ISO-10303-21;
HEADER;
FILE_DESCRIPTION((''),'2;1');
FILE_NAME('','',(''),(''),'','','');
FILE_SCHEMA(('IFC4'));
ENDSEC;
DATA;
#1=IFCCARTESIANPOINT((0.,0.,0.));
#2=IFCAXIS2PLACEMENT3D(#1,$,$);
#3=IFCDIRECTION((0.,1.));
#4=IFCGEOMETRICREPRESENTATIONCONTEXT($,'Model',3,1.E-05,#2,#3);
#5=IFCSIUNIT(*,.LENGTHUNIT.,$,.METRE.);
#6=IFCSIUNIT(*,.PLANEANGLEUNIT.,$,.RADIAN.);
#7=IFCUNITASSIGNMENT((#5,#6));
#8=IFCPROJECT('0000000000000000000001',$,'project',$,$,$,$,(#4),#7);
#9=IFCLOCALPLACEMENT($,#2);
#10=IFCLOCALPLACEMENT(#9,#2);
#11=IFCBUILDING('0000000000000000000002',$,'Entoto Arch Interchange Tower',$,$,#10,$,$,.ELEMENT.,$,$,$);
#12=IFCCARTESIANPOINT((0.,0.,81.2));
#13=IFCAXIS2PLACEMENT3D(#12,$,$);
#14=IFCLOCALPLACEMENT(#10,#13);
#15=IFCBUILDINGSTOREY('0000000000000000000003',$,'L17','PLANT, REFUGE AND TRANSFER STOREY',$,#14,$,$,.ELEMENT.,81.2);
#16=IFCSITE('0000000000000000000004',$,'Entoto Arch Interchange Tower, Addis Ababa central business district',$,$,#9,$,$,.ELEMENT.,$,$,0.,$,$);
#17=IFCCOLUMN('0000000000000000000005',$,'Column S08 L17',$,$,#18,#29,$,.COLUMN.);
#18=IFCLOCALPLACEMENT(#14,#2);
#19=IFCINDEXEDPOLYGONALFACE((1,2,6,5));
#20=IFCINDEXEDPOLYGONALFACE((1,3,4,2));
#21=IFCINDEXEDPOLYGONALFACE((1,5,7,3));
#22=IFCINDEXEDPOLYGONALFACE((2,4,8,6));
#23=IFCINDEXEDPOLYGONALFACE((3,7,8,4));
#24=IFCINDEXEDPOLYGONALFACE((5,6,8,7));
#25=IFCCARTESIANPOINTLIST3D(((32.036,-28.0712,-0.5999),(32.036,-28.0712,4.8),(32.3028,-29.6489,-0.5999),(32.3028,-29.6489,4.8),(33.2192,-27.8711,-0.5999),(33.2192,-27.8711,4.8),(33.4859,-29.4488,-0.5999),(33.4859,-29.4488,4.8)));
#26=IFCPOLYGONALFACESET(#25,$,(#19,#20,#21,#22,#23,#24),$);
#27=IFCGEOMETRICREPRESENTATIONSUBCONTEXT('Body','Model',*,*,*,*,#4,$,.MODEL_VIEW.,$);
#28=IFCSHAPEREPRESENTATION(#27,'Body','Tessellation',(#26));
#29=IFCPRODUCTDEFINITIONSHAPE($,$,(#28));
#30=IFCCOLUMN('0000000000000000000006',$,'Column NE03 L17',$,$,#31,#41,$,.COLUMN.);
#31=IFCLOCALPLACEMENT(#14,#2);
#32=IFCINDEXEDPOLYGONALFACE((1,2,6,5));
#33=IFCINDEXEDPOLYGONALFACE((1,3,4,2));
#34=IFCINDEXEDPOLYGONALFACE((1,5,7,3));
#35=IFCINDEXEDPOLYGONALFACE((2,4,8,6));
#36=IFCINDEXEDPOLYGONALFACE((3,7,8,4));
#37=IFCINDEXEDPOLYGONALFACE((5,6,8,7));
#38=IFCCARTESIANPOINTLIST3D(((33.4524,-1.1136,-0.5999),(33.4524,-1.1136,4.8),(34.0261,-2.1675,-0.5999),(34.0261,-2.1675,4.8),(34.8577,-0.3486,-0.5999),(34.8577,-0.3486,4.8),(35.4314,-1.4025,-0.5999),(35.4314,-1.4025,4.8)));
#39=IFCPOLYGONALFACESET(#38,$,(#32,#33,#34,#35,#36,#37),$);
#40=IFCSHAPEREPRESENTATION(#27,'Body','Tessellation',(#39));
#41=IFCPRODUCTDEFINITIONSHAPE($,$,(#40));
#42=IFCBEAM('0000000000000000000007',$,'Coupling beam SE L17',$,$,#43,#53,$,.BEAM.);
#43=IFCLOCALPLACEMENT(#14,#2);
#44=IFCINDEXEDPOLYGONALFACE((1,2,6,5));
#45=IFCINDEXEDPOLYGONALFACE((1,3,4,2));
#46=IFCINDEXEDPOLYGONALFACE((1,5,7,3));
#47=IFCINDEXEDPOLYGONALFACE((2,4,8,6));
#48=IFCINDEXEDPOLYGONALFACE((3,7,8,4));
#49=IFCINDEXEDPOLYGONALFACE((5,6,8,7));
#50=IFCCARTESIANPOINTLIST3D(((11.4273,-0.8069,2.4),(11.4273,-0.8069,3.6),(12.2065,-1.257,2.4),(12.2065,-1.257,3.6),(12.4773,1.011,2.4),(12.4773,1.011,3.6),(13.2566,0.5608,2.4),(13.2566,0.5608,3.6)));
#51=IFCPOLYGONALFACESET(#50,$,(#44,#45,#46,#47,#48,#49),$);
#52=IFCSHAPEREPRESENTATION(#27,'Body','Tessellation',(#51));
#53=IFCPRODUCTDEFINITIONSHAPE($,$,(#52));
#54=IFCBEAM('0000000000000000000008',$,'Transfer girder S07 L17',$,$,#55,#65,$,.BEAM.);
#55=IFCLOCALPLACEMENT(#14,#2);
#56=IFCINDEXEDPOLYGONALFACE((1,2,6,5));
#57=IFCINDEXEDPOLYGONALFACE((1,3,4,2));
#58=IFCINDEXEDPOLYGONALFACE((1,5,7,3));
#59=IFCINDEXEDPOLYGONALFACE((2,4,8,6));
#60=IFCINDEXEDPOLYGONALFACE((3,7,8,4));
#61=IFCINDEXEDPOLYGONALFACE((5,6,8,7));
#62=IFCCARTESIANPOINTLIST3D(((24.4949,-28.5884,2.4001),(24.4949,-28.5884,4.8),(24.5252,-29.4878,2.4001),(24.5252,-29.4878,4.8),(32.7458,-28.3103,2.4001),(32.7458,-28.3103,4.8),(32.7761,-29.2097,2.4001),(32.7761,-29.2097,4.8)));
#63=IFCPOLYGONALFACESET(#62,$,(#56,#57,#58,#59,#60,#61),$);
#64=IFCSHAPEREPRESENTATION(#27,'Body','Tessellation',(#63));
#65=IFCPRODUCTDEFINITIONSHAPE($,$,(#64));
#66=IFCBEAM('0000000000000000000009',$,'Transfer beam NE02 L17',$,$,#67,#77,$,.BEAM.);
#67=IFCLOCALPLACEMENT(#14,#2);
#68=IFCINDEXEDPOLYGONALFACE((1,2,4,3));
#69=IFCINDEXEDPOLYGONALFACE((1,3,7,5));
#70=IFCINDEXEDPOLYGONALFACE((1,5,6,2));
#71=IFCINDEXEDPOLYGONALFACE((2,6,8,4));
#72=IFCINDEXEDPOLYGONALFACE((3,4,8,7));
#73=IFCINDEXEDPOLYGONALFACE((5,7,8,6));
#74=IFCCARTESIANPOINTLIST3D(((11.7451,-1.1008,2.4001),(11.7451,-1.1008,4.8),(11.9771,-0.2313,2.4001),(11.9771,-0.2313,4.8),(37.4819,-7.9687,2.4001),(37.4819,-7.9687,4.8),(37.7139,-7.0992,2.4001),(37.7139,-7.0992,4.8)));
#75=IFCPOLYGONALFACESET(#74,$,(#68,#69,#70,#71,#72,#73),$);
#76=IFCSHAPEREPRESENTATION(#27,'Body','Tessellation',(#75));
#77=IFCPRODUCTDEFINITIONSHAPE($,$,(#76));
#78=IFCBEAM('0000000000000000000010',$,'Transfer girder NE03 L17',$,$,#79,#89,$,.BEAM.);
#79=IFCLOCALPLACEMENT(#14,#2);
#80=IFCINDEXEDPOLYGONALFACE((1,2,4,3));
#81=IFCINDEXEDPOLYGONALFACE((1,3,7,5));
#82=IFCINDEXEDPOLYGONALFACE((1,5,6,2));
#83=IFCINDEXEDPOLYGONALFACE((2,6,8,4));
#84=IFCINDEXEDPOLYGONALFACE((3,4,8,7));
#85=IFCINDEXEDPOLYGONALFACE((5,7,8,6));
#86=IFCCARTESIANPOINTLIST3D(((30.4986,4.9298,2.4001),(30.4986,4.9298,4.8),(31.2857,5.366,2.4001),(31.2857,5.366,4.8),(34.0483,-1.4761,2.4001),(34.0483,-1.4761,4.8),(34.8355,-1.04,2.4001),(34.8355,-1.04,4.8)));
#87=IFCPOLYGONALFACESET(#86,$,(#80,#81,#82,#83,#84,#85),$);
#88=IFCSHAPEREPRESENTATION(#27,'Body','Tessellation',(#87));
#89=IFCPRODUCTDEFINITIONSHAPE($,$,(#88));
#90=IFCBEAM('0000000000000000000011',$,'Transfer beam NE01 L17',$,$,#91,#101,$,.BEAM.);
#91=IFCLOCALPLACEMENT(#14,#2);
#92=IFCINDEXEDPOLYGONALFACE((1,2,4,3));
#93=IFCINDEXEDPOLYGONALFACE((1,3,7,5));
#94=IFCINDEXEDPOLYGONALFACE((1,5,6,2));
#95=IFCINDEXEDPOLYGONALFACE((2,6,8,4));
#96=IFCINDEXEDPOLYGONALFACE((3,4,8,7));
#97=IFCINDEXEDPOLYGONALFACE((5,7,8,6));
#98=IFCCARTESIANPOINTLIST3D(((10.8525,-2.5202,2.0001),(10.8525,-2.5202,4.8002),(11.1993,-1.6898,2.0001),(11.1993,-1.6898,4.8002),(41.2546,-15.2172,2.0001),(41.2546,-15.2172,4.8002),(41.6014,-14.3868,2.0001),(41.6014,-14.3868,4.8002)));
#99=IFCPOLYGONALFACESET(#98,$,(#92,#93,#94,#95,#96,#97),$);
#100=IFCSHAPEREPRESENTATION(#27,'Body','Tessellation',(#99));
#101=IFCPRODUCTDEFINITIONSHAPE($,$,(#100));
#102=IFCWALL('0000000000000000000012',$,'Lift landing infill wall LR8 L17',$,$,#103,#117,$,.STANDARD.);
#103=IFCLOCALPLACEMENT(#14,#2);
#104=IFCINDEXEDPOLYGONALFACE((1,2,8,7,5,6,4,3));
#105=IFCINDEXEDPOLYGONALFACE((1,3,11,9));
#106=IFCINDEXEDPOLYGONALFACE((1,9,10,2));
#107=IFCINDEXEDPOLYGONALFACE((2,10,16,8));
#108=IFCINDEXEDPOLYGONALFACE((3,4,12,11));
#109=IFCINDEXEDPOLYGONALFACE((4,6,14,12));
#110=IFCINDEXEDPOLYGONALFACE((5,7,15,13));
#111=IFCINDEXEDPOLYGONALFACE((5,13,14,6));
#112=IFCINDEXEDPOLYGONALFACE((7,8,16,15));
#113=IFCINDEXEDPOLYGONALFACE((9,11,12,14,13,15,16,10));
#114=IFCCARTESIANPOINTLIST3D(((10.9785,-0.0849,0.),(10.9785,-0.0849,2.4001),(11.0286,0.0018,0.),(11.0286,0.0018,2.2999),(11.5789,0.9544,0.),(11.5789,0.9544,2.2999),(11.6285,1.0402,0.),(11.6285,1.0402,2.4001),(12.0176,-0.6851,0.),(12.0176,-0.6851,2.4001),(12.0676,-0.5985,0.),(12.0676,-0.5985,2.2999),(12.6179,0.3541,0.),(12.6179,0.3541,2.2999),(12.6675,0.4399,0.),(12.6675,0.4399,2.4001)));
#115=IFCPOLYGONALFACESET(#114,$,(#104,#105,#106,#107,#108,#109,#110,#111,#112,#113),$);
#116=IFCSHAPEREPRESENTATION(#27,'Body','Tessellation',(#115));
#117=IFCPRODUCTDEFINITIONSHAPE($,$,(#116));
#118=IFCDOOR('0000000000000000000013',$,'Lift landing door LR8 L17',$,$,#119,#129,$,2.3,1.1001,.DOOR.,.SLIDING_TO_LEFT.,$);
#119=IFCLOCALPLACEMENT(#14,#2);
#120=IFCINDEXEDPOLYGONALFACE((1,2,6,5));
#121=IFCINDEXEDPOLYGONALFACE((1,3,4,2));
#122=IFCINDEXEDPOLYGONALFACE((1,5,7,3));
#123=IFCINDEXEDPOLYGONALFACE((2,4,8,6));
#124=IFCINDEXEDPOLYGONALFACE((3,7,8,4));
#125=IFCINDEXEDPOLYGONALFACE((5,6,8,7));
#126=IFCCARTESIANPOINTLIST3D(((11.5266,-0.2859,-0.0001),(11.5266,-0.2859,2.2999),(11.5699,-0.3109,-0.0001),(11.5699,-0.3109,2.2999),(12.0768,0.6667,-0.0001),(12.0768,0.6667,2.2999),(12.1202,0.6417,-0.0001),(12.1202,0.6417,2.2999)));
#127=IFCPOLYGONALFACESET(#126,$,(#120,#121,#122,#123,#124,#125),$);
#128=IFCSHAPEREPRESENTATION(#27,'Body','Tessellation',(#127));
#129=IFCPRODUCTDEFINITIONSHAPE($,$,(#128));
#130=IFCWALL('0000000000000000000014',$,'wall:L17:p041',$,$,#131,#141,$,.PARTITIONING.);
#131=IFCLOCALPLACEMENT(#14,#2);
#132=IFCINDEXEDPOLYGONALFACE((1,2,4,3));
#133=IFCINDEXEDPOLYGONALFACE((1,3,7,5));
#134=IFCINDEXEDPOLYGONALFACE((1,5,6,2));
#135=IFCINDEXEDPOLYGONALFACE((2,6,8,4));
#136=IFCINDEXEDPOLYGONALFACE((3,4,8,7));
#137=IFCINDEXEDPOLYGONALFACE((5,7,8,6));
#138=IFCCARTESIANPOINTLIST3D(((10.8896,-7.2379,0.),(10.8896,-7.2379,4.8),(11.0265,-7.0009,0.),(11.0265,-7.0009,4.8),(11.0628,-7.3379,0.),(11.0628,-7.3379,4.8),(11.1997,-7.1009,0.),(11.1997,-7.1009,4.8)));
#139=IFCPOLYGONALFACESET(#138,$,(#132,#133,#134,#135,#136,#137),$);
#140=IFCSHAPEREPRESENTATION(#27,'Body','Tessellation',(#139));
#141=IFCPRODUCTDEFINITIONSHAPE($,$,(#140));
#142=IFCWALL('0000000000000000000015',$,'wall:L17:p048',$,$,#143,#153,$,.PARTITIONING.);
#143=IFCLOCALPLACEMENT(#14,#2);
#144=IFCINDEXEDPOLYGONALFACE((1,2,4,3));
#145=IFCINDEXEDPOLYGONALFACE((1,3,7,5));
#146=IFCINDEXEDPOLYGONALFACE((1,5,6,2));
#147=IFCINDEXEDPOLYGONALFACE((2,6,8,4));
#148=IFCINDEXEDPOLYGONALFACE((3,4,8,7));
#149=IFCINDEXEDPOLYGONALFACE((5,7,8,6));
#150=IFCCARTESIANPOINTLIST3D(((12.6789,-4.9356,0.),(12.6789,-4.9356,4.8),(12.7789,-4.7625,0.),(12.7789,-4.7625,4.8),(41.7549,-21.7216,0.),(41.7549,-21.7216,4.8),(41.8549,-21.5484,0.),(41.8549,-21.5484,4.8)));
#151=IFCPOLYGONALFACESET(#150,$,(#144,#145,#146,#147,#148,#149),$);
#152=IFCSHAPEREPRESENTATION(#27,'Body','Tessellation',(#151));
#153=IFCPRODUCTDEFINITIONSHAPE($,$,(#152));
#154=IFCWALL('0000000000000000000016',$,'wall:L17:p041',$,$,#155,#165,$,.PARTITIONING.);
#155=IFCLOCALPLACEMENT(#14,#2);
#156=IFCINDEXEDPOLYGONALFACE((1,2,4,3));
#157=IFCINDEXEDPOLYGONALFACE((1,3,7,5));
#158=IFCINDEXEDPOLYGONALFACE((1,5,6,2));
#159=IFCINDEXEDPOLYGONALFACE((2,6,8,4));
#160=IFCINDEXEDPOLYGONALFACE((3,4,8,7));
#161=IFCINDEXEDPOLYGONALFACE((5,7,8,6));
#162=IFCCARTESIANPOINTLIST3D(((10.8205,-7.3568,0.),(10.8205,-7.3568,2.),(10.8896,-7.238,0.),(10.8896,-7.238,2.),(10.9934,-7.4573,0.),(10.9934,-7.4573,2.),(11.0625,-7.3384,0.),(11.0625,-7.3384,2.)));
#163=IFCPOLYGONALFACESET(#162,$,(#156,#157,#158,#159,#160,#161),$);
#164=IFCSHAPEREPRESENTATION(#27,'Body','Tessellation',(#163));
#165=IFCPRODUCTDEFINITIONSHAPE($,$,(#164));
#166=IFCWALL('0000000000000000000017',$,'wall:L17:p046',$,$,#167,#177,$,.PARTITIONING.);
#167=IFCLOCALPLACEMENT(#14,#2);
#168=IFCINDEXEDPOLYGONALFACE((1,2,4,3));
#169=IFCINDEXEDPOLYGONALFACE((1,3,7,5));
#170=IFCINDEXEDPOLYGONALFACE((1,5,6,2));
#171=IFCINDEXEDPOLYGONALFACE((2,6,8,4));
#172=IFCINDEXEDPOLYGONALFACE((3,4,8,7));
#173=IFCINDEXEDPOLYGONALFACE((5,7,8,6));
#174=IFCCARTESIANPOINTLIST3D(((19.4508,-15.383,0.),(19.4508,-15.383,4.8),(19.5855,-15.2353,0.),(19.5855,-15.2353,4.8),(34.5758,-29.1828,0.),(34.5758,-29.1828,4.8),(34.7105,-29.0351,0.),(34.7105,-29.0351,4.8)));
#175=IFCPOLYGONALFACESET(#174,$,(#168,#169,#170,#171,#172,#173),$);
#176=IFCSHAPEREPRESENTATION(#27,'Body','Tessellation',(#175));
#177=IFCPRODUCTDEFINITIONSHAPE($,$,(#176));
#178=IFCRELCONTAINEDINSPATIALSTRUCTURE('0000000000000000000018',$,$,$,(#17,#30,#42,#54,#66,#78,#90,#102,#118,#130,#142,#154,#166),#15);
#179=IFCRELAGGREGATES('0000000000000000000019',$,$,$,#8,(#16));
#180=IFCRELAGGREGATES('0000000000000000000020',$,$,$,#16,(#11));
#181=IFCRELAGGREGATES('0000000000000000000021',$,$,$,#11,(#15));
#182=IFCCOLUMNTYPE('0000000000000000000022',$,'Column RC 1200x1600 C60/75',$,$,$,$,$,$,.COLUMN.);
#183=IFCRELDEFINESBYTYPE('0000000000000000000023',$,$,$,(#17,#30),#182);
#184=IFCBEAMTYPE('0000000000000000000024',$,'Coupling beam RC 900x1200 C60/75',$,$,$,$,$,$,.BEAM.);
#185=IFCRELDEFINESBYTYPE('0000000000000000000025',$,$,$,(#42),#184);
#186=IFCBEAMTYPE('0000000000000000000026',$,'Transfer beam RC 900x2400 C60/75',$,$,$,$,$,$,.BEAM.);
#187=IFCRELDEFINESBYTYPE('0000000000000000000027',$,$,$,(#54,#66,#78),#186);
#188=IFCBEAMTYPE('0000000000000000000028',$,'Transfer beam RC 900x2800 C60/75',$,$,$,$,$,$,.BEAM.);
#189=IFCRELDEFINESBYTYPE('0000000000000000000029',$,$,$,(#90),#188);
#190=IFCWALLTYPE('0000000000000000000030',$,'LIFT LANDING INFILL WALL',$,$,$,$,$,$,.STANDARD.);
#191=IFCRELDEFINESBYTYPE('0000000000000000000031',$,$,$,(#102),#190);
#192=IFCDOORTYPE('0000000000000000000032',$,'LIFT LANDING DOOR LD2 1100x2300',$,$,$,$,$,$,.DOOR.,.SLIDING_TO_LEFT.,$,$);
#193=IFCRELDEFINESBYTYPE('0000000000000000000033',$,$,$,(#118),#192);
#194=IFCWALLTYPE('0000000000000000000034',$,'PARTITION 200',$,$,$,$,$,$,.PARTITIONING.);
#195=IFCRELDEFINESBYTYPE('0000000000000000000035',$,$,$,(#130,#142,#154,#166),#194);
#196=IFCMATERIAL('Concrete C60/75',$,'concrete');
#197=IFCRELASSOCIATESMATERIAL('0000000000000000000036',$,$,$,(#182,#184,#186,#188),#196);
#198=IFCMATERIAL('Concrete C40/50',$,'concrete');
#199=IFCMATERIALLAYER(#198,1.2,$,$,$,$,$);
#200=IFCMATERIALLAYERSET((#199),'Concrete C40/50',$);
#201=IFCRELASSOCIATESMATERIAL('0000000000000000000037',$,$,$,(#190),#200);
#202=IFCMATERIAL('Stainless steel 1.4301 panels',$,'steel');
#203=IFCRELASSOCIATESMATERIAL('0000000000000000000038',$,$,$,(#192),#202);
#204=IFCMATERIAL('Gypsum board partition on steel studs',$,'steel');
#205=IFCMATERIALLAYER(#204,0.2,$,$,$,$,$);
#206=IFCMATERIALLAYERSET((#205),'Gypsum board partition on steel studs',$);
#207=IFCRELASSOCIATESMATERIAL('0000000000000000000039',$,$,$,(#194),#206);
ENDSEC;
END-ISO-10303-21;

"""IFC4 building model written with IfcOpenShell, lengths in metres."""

from ifc_helpers import new_model, si_unit, direction, frame, frame_2d, origin, origin_2d, place, context, subcontext, project, spatial, rectangle, extrude, material, layer, layer_set, material_profile, profile_set, type_object, element, fill, save


model = new_model("IFC4")

# Units and contexts
model_context = context("Model", 3, precision=1e-05, world=origin(), true_north=direction((0.0, 1.0)))
body_context = subcontext(model_context, "Body", "Model", "MODEL_VIEW")
ifc_project = project(units=[si_unit("LENGTHUNIT", "METRE"), si_unit("PLANEANGLEUNIT", "RADIAN")], contexts=[model_context])

# Site, building, storey
site_placement = place(None, origin())
site = spatial("IfcSite", under=ifc_project, at=site_placement, Name="Entoto Arch Interchange Tower, Addis Ababa central business district", CompositionType="ELEMENT", RefElevation=0.0)
building_placement = place(site_placement, origin())
building = spatial("IfcBuilding", under=site, at=building_placement, Name="Entoto Arch Interchange Tower", CompositionType="ELEMENT")
storey_placement = place(building_placement, frame((0.0, 0.0, 81.2)))
storey = spatial("IfcBuildingStorey", under=building, at=storey_placement, Name="L17", Description="PLANT, REFUGE AND TRANSFER STOREY", CompositionType="ELEMENT", Elevation=81.2)

# Columns
ifc_material_1 = material(Name="Concrete C60/75", Category="concrete")
ifc_material_profile_1 = material_profile(ifc_material_1, rectangle(XDim=1.2, YDim=1.6001, at=origin_2d()))
ifc_profile_set_1 = profile_set([ifc_material_profile_1], Name="Concrete C60/75")
column_type = type_object("IfcColumnType", Name="Column RC 1200x1600 C60/75", PredefinedType="COLUMN", material=ifc_profile_set_1)
for number, where, z_axis, x_axis, name in (
    (1, (32.761, -28.76, -0.5999), (0.0, 0.0, 1.0), (0.986005, 0.166717, 0.0), "Column S08 L17"),
    (2, (34.4419, -1.2581, -0.5999), (0.0, 0.0, 1.0), (-0.47814, 0.878284, 0.0), "Column NE03 L17"),
):
    element("IfcColumn", number, at=place(storey_placement, frame(where, z_axis=z_axis, x_axis=x_axis)), inside=storey, type_object=column_type, Name=name, PredefinedType="COLUMN", context=body_context, shape_type="SweptSolid", body=[
        extrude(rectangle(XDim=1.2, YDim=1.6001, at=origin_2d()), origin(), (0.0, 0.0, 1.0), 5.3999),
    ])

# Beams
ifc_material_profile_2 = material_profile(ifc_material_1, rectangle(XDim=0.8999, YDim=1.2, at=origin_2d()))
ifc_profile_set_2 = profile_set([ifc_material_profile_2], Name="Concrete C60/75")
beam_type_1 = type_object("IfcBeamType", Name="Coupling beam RC 900x1200 C60/75", PredefinedType="BEAM", material=ifc_profile_set_2)
beam_1_placement = place(storey_placement, frame((11.8169, -1.032, 3.0), z_axis=(0.500179, 0.865922, 0.0), x_axis=(-0.865922, 0.500179, 0.0)))
element("IfcBeam", 3, at=beam_1_placement, inside=storey, type_object=beam_type_1, Name="Coupling beam SE L17", PredefinedType="BEAM", context=body_context, shape_type="SweptSolid", body=[
    extrude(rectangle(XDim=0.8999, YDim=1.2, at=origin_2d()), origin(), (0.0, 0.0, 1.0), 2.0994),
])
ifc_material_profile_3 = material_profile(ifc_material_1, rectangle(XDim=0.8999, YDim=2.3999, at=origin_2d()))
ifc_profile_set_3 = profile_set([ifc_material_profile_3], Name="Concrete C60/75")
beam_type_2 = type_object("IfcBeamType", Name="Transfer beam RC 900x2400 C60/75", PredefinedType="BEAM", material=ifc_profile_set_3)
beam_2_placement = place(storey_placement, frame((24.51, -29.0381, 3.6001), z_axis=(0.999433, 0.033683, 0.0), x_axis=(-0.033683, 0.999433, 0.0)))
element("IfcBeam", 4, at=beam_2_placement, inside=storey, type_object=beam_type_2, Name="Transfer girder S07 L17", PredefinedType="BEAM", context=body_context, shape_type="SweptSolid", body=[
    extrude(rectangle(XDim=0.8999, YDim=2.3999, at=origin_2d()), origin(), (0.0, 0.0, 1.0), 8.2556),
])
beam_3_placement = place(storey_placement, frame((11.8611, -0.666, 3.6001), z_axis=(0.96619, -0.25783, 0.0), x_axis=(0.25783, 0.96619, 0.0)))
element("IfcBeam", 5, at=beam_3_placement, inside=storey, type_object=beam_type_2, Name="Transfer beam NE02 L17", PredefinedType="BEAM", context=body_context, shape_type="SweptSolid", body=[
    extrude(rectangle(XDim=0.8999, YDim=2.3999, at=origin_2d()), origin(), (0.0, 0.0, 1.0), 26.6375),
])
beam_4_placement = place(storey_placement, frame((34.4419, -1.2581, 3.6001), z_axis=(-0.484694, 0.874684, 0.0), x_axis=(-0.874684, -0.484694, 0.0)))
element("IfcBeam", 6, at=beam_4_placement, inside=storey, type_object=beam_type_2, Name="Transfer girder NE03 L17", PredefinedType="BEAM", context=body_context, shape_type="SweptSolid", body=[
    extrude(rectangle(XDim=0.8999, YDim=2.3999, at=origin_2d()), origin(), (0.0, 0.0, 1.0), 7.3237),
])
ifc_material_profile_4 = material_profile(ifc_material_1, rectangle(XDim=0.8999, YDim=2.8, at=origin_2d()))
ifc_profile_set_4 = profile_set([ifc_material_profile_4], Name="Concrete C60/75")
beam_type_3 = type_object("IfcBeamType", Name="Transfer beam RC 900x2800 C60/75", PredefinedType="BEAM", material=ifc_profile_set_4)
beam_5_placement = place(storey_placement, frame((11.0259, -2.105, 3.4001), z_axis=(0.922759, -0.385378, 0.0), x_axis=(0.385378, 0.922759, 0.0)))
element("IfcBeam", 7, at=beam_5_placement, inside=storey, type_object=beam_type_3, Name="Transfer beam NE01 L17", PredefinedType="BEAM", context=body_context, shape_type="SweptSolid", body=[
    extrude(rectangle(XDim=0.8999, YDim=2.8, at=origin_2d()), origin(), (0.0, 0.0, 1.0), 32.947),
])

# Wall, opening, door
ifc_material_2 = material(Name="Concrete C40/50", Category="concrete")
ifc_layer_1 = layer(ifc_material_2, 1.2)
ifc_layer_set_1 = layer_set([ifc_layer_1], Name="Concrete C40/50")
wall_type_1 = type_object("IfcWallType", Name="LIFT LANDING INFILL WALL", PredefinedType="STANDARD", material=ifc_layer_set_1)
wall_1_placement = place(storey_placement, frame((11.498, -0.385, 0.0), z_axis=(0.0, 0.0, 1.0), x_axis=(0.500221, 0.865898, 0.0)))
wall_1 = element("IfcWall", 8, at=wall_1_placement, inside=storey, type_object=wall_type_1, Name="Lift landing infill wall LR8 L17", PredefinedType="STANDARD", context=body_context, shape_type="SweptSolid", body=[
    extrude(rectangle(XDim=1.2993, YDim=1.2, at=frame_2d((0.6497, 0.0))), origin(), (0.0, 0.0, 1.0), 2.4001),
])
opening_placement = place(wall_1_placement, frame((0.1001, 0.0, 0.0)))
opening = element("IfcOpeningElement", 9, at=opening_placement, cuts=wall_1, PredefinedType="OPENING", context=body_context, shape_type="SweptSolid", body=[
    extrude(rectangle(XDim=1.1001, YDim=2.3, at=frame_2d((0.55, 1.1499))), frame((0.0, 0.6099, 0.0), z_axis=(0.0, -1.0, 0.0), x_axis=(1.0, 0.0, 0.0)), (0.0, 0.0, 1.0), 1.22),
])
ifc_material_3 = material(Name="Stainless steel 1.4301 panels", Category="steel")
door_type = type_object("IfcDoorType", Name="LIFT LANDING DOOR LD2 1100x2300", OperationType="SLIDING_TO_LEFT", PredefinedType="DOOR", material=ifc_material_3)
door_placement = place(opening_placement, origin())
door = element("IfcDoor", 10, at=door_placement, inside=storey, type_object=door_type, Name="Lift landing door LR8 L17", OperationType="SLIDING_TO_LEFT", OverallHeight=2.3, OverallWidth=1.1001, PredefinedType="DOOR", context=body_context, shape_type="SweptSolid", body=[
    extrude(rectangle(XDim=1.1001, YDim=2.3, at=frame_2d((0.55, 1.1499))), frame((0.0, 0.0249, 0.0), z_axis=(0.0, -1.0, 0.0), x_axis=(1.0, 0.0, 0.0)), (0.0, 0.0, 1.0), 0.05),
])
fill(opening, door)

# Walls
ifc_material_4 = material(Name="Gypsum board partition on steel studs", Category="steel")
ifc_layer_2 = layer(ifc_material_4, 0.2)
ifc_layer_set_2 = layer_set([ifc_layer_2], Name="Gypsum board partition on steel studs")
wall_type_2 = type_object("IfcWallType", Name="PARTITION 200", PredefinedType="PARTITIONING", material=ifc_layer_set_2)
wall_2_placement = place(storey_placement, frame((11.113, -7.051, 0.0), z_axis=(0.0, 0.0, 1.0), x_axis=(-0.500263, -0.865874, 0.0)))
element("IfcWall", 11, at=wall_2_placement, inside=storey, type_object=wall_type_2, Name="wall:L17:p041", PredefinedType="PARTITIONING", context=body_context, shape_type="SweptSolid", body=[
    extrude(rectangle(XDim=0.2737, YDim=0.2, at=frame_2d((0.1367, 0.0))), origin(), (0.0, 0.0, 1.0), 4.8),
])
wall_3_placement = place(storey_placement, frame((12.729, -4.8491, 0.0), z_axis=(0.0, 0.0, 1.0), x_axis=(0.86604, -0.499975, 0.0)))
element("IfcWall", 12, at=wall_3_placement, inside=storey, type_object=wall_type_2, Name="wall:L17:p048", PredefinedType="PARTITIONING", context=body_context, shape_type="SweptSolid", body=[
    extrude(rectangle(XDim=33.5735, YDim=0.2, at=frame_2d((16.7866, 0.0))), origin(), (0.0, 0.0, 1.0), 4.8),
])
wall_4_placement = place(storey_placement, frame((10.9761, -7.2881, 0.0), z_axis=(0.0, 0.0, 1.0), x_axis=(-0.502435, -0.864615, 0.0)))
element("IfcWall", 13, at=wall_4_placement, inside=storey, type_object=wall_type_2, Name="wall:L17:p041", PredefinedType="PARTITIONING", context=body_context, shape_type="SweptSolid", body=[
    extrude(rectangle(XDim=0.1375, YDim=0.2, at=frame_2d((0.0688, 0.0))), origin(), (0.0, 0.0, 1.0), 2.0),
])
wall_5_placement = place(storey_placement, frame((19.5181, -15.3091, 0.0), z_axis=(0.0, 0.0, 1.0), x_axis=(0.738728, -0.674004, 0.0)))
element("IfcWall", 14, at=wall_5_placement, inside=storey, type_object=wall_type_2, Name="wall:L17:p046", PredefinedType="PARTITIONING", context=body_context, shape_type="SweptSolid", body=[
    extrude(rectangle(XDim=20.4744, YDim=0.2, at=frame_2d((10.2373, 0.0))), origin(), (0.0, 0.0, 1.0), 4.8),
])

save(model, "model.ifc")
